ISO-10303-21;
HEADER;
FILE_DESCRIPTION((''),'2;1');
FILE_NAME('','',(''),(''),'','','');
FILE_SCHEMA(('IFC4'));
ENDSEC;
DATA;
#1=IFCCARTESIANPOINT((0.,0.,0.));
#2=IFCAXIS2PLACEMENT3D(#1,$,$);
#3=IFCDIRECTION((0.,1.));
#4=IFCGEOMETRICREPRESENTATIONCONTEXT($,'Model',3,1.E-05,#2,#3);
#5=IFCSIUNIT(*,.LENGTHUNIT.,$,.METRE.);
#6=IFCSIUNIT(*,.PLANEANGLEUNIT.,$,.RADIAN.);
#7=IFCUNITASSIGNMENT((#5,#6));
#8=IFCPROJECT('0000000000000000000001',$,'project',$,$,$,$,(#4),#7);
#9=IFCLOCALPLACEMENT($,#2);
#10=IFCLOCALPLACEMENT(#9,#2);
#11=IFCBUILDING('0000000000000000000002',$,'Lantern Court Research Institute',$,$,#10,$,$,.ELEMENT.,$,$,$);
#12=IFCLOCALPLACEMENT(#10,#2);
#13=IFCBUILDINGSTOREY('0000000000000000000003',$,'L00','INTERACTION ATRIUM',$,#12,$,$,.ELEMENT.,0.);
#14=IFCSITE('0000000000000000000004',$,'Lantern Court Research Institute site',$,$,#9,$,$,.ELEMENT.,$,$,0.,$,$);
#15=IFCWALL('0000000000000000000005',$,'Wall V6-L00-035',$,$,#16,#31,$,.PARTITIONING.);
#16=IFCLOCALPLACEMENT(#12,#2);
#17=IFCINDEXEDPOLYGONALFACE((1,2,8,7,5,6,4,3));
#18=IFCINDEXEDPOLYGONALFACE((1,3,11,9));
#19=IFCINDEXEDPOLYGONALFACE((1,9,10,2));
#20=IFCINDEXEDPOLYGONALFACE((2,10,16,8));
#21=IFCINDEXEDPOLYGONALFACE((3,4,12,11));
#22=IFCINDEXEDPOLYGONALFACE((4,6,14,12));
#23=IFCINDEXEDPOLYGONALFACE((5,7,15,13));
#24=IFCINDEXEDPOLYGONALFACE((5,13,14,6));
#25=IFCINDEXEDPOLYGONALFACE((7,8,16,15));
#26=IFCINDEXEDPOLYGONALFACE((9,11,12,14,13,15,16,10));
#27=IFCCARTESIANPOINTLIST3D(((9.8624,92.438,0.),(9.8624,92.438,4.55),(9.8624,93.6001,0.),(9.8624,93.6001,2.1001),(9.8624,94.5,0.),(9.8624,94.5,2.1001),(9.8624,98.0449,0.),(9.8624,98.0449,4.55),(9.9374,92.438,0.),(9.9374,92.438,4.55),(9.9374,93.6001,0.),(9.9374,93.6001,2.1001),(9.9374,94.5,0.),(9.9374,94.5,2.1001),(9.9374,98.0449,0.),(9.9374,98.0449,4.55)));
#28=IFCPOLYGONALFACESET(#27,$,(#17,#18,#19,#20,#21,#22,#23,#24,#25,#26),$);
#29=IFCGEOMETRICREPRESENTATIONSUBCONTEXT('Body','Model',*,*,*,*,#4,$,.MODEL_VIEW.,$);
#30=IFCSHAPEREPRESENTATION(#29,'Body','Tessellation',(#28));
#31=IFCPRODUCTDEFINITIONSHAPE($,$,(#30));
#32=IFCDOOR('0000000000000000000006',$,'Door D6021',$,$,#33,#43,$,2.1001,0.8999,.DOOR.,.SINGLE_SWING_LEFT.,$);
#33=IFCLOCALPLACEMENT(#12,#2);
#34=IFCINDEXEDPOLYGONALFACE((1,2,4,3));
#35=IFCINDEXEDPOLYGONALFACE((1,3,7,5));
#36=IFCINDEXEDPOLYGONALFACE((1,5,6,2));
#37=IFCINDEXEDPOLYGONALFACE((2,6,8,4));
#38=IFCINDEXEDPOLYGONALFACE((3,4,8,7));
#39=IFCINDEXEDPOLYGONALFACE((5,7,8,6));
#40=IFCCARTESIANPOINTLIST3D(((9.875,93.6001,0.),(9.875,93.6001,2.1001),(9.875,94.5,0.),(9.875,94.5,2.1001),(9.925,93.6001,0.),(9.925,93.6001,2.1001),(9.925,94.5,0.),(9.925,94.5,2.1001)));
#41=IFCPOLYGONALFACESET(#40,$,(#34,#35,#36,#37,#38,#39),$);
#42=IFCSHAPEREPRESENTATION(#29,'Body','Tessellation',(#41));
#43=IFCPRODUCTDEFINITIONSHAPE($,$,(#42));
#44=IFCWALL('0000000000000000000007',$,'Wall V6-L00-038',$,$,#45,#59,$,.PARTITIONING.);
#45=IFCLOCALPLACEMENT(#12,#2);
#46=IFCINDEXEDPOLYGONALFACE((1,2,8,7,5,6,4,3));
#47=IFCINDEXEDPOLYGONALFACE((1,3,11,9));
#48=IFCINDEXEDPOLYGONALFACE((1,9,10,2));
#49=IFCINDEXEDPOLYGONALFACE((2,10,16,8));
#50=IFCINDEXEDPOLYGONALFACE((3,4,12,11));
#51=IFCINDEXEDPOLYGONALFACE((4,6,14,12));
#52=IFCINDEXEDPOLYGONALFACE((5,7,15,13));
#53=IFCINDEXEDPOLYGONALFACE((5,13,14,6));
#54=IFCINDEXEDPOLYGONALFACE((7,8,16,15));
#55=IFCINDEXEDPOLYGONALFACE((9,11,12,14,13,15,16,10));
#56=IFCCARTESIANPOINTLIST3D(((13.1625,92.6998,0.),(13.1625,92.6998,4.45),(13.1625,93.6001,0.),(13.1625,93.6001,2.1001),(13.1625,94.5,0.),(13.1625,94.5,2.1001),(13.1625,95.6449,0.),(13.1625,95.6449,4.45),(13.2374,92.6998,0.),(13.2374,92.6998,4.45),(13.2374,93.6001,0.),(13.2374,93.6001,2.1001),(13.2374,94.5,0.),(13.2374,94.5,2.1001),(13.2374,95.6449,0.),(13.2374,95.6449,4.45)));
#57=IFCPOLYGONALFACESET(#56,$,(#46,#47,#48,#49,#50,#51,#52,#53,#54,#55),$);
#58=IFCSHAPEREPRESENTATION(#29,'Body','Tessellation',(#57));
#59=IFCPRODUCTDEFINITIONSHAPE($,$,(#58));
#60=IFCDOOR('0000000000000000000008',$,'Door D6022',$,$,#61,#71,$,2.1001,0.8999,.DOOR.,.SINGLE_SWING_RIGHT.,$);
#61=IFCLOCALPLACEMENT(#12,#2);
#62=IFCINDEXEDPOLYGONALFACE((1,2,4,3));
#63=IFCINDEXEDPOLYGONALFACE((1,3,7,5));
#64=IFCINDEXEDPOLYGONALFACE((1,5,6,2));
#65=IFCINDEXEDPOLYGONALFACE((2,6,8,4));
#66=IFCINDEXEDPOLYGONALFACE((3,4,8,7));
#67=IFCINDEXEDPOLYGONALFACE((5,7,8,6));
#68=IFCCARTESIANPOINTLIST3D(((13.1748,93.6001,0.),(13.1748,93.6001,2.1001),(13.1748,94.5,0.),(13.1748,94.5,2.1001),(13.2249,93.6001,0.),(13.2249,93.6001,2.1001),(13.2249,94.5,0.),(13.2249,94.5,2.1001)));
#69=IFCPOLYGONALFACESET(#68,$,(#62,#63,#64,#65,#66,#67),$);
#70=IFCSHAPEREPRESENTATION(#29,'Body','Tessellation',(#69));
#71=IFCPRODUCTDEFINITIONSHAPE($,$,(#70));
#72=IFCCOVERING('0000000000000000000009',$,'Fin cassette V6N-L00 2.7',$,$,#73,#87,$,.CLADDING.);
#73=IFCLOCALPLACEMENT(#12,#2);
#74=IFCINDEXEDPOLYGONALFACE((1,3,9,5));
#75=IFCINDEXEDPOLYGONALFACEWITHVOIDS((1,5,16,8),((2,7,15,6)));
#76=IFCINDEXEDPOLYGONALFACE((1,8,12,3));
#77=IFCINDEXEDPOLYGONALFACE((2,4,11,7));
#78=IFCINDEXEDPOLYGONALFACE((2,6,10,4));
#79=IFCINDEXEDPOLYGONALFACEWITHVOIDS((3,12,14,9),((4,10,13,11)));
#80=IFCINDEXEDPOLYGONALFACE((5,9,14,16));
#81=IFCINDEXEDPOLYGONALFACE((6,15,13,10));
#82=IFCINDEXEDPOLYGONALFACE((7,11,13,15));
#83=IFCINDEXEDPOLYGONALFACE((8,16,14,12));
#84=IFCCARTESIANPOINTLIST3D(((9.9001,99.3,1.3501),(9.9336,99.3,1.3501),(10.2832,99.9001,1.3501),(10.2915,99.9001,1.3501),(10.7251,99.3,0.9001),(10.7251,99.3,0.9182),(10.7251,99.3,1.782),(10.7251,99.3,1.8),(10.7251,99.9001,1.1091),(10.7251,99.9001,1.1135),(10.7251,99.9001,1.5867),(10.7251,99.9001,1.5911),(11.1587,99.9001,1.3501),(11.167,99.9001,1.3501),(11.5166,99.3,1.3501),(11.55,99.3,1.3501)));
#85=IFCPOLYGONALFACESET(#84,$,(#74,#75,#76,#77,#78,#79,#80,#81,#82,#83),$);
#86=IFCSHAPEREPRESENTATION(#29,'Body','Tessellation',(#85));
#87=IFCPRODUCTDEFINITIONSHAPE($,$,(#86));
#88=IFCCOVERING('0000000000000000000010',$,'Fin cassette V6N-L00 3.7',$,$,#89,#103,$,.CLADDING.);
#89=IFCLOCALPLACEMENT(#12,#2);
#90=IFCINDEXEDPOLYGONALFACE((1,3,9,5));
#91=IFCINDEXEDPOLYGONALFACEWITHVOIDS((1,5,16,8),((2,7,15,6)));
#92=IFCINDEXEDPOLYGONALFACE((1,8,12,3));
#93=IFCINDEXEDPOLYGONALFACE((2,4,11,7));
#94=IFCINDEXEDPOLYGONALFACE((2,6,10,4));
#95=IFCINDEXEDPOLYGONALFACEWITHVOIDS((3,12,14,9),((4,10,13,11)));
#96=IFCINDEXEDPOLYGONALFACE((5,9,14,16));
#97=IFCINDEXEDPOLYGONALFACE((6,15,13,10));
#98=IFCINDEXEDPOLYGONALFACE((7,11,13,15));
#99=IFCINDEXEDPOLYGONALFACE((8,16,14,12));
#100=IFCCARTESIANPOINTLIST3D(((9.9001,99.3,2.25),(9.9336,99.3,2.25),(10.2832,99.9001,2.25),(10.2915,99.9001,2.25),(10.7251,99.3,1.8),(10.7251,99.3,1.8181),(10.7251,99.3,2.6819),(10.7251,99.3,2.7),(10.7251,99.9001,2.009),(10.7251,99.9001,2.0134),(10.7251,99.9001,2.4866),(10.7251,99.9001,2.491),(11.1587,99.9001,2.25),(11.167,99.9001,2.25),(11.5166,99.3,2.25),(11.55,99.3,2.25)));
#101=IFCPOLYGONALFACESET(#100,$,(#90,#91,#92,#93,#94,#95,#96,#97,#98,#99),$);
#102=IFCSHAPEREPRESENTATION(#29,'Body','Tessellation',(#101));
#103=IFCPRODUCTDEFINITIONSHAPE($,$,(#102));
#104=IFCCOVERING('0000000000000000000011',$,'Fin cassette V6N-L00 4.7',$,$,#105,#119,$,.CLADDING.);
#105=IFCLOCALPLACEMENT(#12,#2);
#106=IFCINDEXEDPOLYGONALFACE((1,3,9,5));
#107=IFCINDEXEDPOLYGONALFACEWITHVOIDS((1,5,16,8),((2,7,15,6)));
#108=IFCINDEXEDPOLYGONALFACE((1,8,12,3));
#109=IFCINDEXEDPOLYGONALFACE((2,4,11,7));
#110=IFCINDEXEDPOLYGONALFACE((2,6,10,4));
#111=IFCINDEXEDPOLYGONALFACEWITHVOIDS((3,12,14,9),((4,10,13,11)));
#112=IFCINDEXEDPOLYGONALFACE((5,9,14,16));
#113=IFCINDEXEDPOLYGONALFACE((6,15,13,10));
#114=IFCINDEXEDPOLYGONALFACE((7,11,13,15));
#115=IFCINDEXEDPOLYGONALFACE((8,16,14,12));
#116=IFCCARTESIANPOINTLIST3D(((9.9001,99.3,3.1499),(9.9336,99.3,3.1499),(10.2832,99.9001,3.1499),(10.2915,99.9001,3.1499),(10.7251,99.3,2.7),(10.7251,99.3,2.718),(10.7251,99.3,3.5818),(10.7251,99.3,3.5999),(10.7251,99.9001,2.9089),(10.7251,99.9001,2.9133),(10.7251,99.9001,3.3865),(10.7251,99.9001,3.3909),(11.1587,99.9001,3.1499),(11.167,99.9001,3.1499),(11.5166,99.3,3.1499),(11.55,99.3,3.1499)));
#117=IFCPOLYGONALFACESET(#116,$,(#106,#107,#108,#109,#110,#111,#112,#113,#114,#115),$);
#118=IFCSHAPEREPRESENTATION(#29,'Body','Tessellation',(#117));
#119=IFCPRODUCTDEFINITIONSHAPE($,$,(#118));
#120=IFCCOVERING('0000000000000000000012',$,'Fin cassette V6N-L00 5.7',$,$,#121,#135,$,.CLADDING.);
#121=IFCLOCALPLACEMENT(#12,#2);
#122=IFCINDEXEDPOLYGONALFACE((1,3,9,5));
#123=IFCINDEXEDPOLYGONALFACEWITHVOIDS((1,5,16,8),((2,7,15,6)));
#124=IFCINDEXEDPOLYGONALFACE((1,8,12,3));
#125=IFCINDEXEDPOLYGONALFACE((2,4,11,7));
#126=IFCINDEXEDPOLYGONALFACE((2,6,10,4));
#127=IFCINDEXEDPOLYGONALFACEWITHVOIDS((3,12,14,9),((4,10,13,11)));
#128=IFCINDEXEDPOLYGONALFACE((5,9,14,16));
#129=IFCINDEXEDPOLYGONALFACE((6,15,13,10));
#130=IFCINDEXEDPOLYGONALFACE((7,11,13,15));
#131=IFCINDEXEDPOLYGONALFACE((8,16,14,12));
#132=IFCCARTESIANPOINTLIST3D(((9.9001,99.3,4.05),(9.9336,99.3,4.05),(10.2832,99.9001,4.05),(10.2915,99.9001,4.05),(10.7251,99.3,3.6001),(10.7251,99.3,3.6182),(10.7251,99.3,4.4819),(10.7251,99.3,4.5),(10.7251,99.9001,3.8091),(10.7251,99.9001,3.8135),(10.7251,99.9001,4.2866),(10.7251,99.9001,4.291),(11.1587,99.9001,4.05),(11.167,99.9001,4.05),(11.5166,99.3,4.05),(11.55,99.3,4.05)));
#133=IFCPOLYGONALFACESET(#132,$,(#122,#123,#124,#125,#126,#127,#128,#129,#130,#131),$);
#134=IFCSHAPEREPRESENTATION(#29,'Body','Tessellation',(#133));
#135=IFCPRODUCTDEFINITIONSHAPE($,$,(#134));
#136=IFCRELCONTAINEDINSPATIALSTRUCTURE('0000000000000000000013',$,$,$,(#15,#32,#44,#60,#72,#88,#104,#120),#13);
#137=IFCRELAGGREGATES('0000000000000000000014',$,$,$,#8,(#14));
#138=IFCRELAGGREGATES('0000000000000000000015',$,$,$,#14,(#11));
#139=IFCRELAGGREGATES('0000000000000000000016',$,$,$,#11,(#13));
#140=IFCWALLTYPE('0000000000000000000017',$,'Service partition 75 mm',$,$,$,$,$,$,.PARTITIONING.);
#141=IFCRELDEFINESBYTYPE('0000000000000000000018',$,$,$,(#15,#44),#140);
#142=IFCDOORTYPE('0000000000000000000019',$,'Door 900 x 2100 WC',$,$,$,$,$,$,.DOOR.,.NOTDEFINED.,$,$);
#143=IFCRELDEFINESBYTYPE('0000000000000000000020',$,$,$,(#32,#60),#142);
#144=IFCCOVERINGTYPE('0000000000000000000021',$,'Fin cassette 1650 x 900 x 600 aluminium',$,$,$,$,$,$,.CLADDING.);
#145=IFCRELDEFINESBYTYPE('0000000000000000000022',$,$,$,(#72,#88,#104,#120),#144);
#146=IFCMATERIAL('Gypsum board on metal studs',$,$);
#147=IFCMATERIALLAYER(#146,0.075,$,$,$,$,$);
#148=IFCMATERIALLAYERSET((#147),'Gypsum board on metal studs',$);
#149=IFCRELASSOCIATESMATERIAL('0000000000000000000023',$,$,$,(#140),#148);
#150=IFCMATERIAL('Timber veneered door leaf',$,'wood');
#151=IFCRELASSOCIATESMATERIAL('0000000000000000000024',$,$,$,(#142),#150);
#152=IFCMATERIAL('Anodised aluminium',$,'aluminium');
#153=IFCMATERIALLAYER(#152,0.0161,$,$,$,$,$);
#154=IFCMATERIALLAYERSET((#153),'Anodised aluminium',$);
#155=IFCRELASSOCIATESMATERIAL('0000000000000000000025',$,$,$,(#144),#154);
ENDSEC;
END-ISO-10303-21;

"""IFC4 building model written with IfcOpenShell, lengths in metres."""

from ifc_helpers import new_model, entity, si_unit, direction, frame, frame_2d, origin, place, context, subcontext, project, spatial, rectangle, extrude, material, layer, layer_set, type_object, element, fill, save


model = new_model("IFC4")

# Units and contexts
model_context = context("Model", 3, precision=1e-05, world=origin(), true_north=direction((0.0, 1.0)))
body_context = subcontext(model_context, "Body", "Model", "MODEL_VIEW")
ifc_project = project(units=[si_unit("LENGTHUNIT", "METRE"), si_unit("PLANEANGLEUNIT", "RADIAN")], contexts=[model_context])

# Site, building, storey
site_placement = place(None, origin())
site = spatial("IfcSite", under=ifc_project, at=site_placement, Name="Lantern Court Research Institute site", CompositionType="ELEMENT", RefElevation=0.0)
building_placement = place(site_placement, origin())
building = spatial("IfcBuilding", under=site, at=building_placement, Name="Lantern Court Research Institute", CompositionType="ELEMENT")
storey_placement = place(building_placement, origin())
storey = spatial("IfcBuildingStorey", under=building, at=storey_placement, Name="L00", Description="INTERACTION ATRIUM", CompositionType="ELEMENT", Elevation=0.0)

# Walls, openings, doors
ifc_material_1 = material(Name="Gypsum board on metal studs")
ifc_layer_1 = layer(ifc_material_1, 0.075)
ifc_layer_set_1 = layer_set([ifc_layer_1], Name="Gypsum board on metal studs")
wall_type_1 = type_object("IfcWallType", Name="Service partition 75 mm", PredefinedType="PARTITIONING", material=ifc_layer_set_1)
wall_1_placement = place(storey_placement, frame((9.8999, 92.438, 0.0), z_axis=(0.0, 0.0, 1.0), x_axis=(0.0, 1.0, 0.0)))
wall_1 = element("IfcWall", 1, at=wall_1_placement, inside=storey, type_object=wall_type_1, Name="Wall V6-L00-035", PredefinedType="PARTITIONING", context=body_context, shape_type="SweptSolid", body=[
    extrude(rectangle(XDim=5.6069, YDim=0.075, at=frame_2d((2.8035, 0.0))), origin(), (0.0, 0.0, 1.0), 4.55),
])
opening_1_placement = place(wall_1_placement, frame((1.1621, 0.0, 0.0)))
opening_1 = element("IfcOpeningElement", 2, at=opening_1_placement, cuts=wall_1, PredefinedType="OPENING", context=body_context, shape_type="SweptSolid", body=[
    extrude(rectangle(XDim=0.8999, YDim=2.1001, at=frame_2d((0.45, 1.05))), frame((0.0, 0.0474, 0.0), z_axis=(0.0, -1.0, 0.0), x_axis=(1.0, 0.0, 0.0)), (0.0, 0.0, 1.0), 0.095),
])
ifc_material_2 = material(Name="Timber veneered door leaf", Category="wood")
door_type_1 = type_object("IfcDoorType", Name="Door 900 x 2100 WC", OperationType="NOTDEFINED", PredefinedType="DOOR", material=ifc_material_2)
door_1_placement = place(opening_1_placement, origin())
door_1 = element("IfcDoor", 3, at=door_1_placement, inside=storey, type_object=door_type_1, Name="Door D6021", OperationType="SINGLE_SWING_LEFT", OverallHeight=2.1001, OverallWidth=0.8999, PredefinedType="DOOR", context=body_context, shape_type="SweptSolid", body=[
    extrude(rectangle(XDim=0.8999, YDim=2.1001, at=frame_2d((0.45, 1.05))), frame((0.0, 0.0249, 0.0), z_axis=(0.0, -1.0, 0.0), x_axis=(1.0, 0.0, 0.0)), (0.0, 0.0, 1.0), 0.05),
])
fill(opening_1, door_1)
wall_2_placement = place(storey_placement, frame((13.2, 95.645, 0.0), z_axis=(0.0, 0.0, 1.0), x_axis=(0.0, -1.0, 0.0)))
wall_2 = element("IfcWall", 4, at=wall_2_placement, inside=storey, type_object=wall_type_1, Name="Wall V6-L00-038", PredefinedType="PARTITIONING", context=body_context, shape_type="SweptSolid", body=[
    extrude(rectangle(XDim=2.9451, YDim=0.075, at=frame_2d((1.4727, 0.0))), origin(), (0.0, 0.0, 1.0), 4.45),
])
opening_2_placement = place(wall_2_placement, frame((1.145, 0.0, 0.0)))
opening_2 = element("IfcOpeningElement", 5, at=opening_2_placement, cuts=wall_2, PredefinedType="OPENING", context=body_context, shape_type="SweptSolid", body=[
    extrude(rectangle(XDim=0.8999, YDim=2.1001, at=frame_2d((0.45, 1.05))), frame((0.0, 0.0474, 0.0), z_axis=(0.0, -1.0, 0.0), x_axis=(1.0, 0.0, 0.0)), (0.0, 0.0, 1.0), 0.095),
])
door_2_placement = place(opening_2_placement, origin())
door_2 = element("IfcDoor", 6, at=door_2_placement, inside=storey, type_object=door_type_1, Name="Door D6022", OperationType="SINGLE_SWING_RIGHT", OverallHeight=2.1001, OverallWidth=0.8999, PredefinedType="DOOR", context=body_context, shape_type="SweptSolid", body=[
    extrude(rectangle(XDim=0.8999, YDim=2.1001, at=frame_2d((0.45, 1.05))), frame((0.0, 0.0249, 0.0), z_axis=(0.0, -1.0, 0.0), x_axis=(1.0, 0.0, 0.0)), (0.0, 0.0, 1.0), 0.05),
])
fill(opening_2, door_2)

# Coverings
ifc_material_3 = material(Name="Anodised aluminium", Category="aluminium")
ifc_layer_2 = layer(ifc_material_3, 0.0161)
ifc_layer_set_2 = layer_set([ifc_layer_2], Name="Anodised aluminium")
covering_type = type_object("IfcCoveringType", Name="Fin cassette 1650 x 900 x 600 aluminium", PredefinedType="CLADDING", material=ifc_layer_set_2)
covering_1_placement = place(storey_placement, frame((10.7251, 99.3, 1.3501), z_axis=(0.0, 1.0, 0.0), x_axis=(-1.0, 0.0, 0.0)))
cartesian_point_1 = entity("IfcCartesianPoint", [0.825, 0.0])
cartesian_point_2 = entity("IfcCartesianPoint", [0.7915, 0.0])
cartesian_point_3 = entity("IfcCartesianPoint", [0.4419, 0.0])
cartesian_point_4 = entity("IfcCartesianPoint", [0.4336, 0.0])
element("IfcCovering", 7, at=covering_1_placement, inside=storey, type_object=covering_type, Name="Fin cassette V6N-L00 2.7", PredefinedType="CLADDING", context=body_context, shape_type="SweptSolid", body=[
    entity("IfcExtrudedAreaSolidTapered", entity("IfcArbitraryProfileDefWithVoids", "AREA", None, entity("IfcPolyline", [cartesian_point_1, entity("IfcCartesianPoint", [0.0, 0.45]), entity("IfcCartesianPoint", [-0.825, 0.0]), entity("IfcCartesianPoint", [0.0, -0.45]), cartesian_point_1]), [entity("IfcPolyline", [cartesian_point_2, entity("IfcCartesianPoint", [0.0, 0.4319]), entity("IfcCartesianPoint", [-0.7915, 0.0]), entity("IfcCartesianPoint", [0.0, -0.4319]), cartesian_point_2])]), entity("IfcAxis2Placement3D", entity("IfcCartesianPoint", [0.0, 0.0, 0.0])), entity("IfcDirection", [0.0, 0.0, 1.0]), 0.6001, entity("IfcArbitraryProfileDefWithVoids", "AREA", None, entity("IfcPolyline", [cartesian_point_3, entity("IfcCartesianPoint", [0.0, 0.241]), entity("IfcCartesianPoint", [-0.4419, 0.0]), entity("IfcCartesianPoint", [0.0, -0.241]), cartesian_point_3]), [entity("IfcPolyline", [cartesian_point_4, entity("IfcCartesianPoint", [0.0, 0.2366]), entity("IfcCartesianPoint", [-0.4336, 0.0]), entity("IfcCartesianPoint", [0.0, -0.2366]), cartesian_point_4])])),
])
covering_2_placement = place(storey_placement, frame((10.7251, 99.3, 2.25), z_axis=(0.0, 1.0, 0.0), x_axis=(-1.0, 0.0, 0.0)))
cartesian_point_5 = entity("IfcCartesianPoint", [0.825, 0.0])
cartesian_point_6 = entity("IfcCartesianPoint", [0.7915, 0.0])
cartesian_point_7 = entity("IfcCartesianPoint", [0.4419, 0.0])
cartesian_point_8 = entity("IfcCartesianPoint", [0.4336, 0.0])
element("IfcCovering", 8, at=covering_2_placement, inside=storey, type_object=covering_type, Name="Fin cassette V6N-L00 3.7", PredefinedType="CLADDING", context=body_context, shape_type="SweptSolid", body=[
    entity("IfcExtrudedAreaSolidTapered", entity("IfcArbitraryProfileDefWithVoids", "AREA", None, entity("IfcPolyline", [cartesian_point_5, entity("IfcCartesianPoint", [0.0, 0.45]), entity("IfcCartesianPoint", [-0.825, 0.0]), entity("IfcCartesianPoint", [0.0, -0.45]), cartesian_point_5]), [entity("IfcPolyline", [cartesian_point_6, entity("IfcCartesianPoint", [0.0, 0.4319]), entity("IfcCartesianPoint", [-0.7915, 0.0]), entity("IfcCartesianPoint", [0.0, -0.4319]), cartesian_point_6])]), entity("IfcAxis2Placement3D", entity("IfcCartesianPoint", [0.0, 0.0, 0.0])), entity("IfcDirection", [0.0, 0.0, 1.0]), 0.6001, entity("IfcArbitraryProfileDefWithVoids", "AREA", None, entity("IfcPolyline", [cartesian_point_7, entity("IfcCartesianPoint", [0.0, 0.241]), entity("IfcCartesianPoint", [-0.4419, 0.0]), entity("IfcCartesianPoint", [0.0, -0.241]), cartesian_point_7]), [entity("IfcPolyline", [cartesian_point_8, entity("IfcCartesianPoint", [0.0, 0.2366]), entity("IfcCartesianPoint", [-0.4336, 0.0]), entity("IfcCartesianPoint", [0.0, -0.2366]), cartesian_point_8])])),
])
covering_3_placement = place(storey_placement, frame((10.7251, 99.3, 3.1499), z_axis=(0.0, 1.0, 0.0), x_axis=(-1.0, 0.0, 0.0)))
cartesian_point_9 = entity("IfcCartesianPoint", [0.825, 0.0])
cartesian_point_10 = entity("IfcCartesianPoint", [0.7915, 0.0])
cartesian_point_11 = entity("IfcCartesianPoint", [0.4419, 0.0])
cartesian_point_12 = entity("IfcCartesianPoint", [0.4336, 0.0])
element("IfcCovering", 9, at=covering_3_placement, inside=storey, type_object=covering_type, Name="Fin cassette V6N-L00 4.7", PredefinedType="CLADDING", context=body_context, shape_type="SweptSolid", body=[
    entity("IfcExtrudedAreaSolidTapered", entity("IfcArbitraryProfileDefWithVoids", "AREA", None, entity("IfcPolyline", [cartesian_point_9, entity("IfcCartesianPoint", [0.0, 0.45]), entity("IfcCartesianPoint", [-0.825, 0.0]), entity("IfcCartesianPoint", [0.0, -0.45]), cartesian_point_9]), [entity("IfcPolyline", [cartesian_point_10, entity("IfcCartesianPoint", [0.0, 0.4319]), entity("IfcCartesianPoint", [-0.7915, 0.0]), entity("IfcCartesianPoint", [0.0, -0.4319]), cartesian_point_10])]), entity("IfcAxis2Placement3D", entity("IfcCartesianPoint", [0.0, 0.0, 0.0])), entity("IfcDirection", [0.0, 0.0, 1.0]), 0.6001, entity("IfcArbitraryProfileDefWithVoids", "AREA", None, entity("IfcPolyline", [cartesian_point_11, entity("IfcCartesianPoint", [0.0, 0.241]), entity("IfcCartesianPoint", [-0.4419, 0.0]), entity("IfcCartesianPoint", [0.0, -0.241]), cartesian_point_11]), [entity("IfcPolyline", [cartesian_point_12, entity("IfcCartesianPoint", [0.0, 0.2366]), entity("IfcCartesianPoint", [-0.4336, 0.0]), entity("IfcCartesianPoint", [0.0, -0.2366]), cartesian_point_12])])),
])
covering_4_placement = place(storey_placement, frame((10.7251, 99.3, 4.05), z_axis=(0.0, 1.0, 0.0), x_axis=(-1.0, 0.0, 0.0)))
cartesian_point_13 = entity("IfcCartesianPoint", [0.825, 0.0])
cartesian_point_14 = entity("IfcCartesianPoint", [0.7915, 0.0])
cartesian_point_15 = entity("IfcCartesianPoint", [0.4419, 0.0])
cartesian_point_16 = entity("IfcCartesianPoint", [0.4336, 0.0])
element("IfcCovering", 10, at=covering_4_placement, inside=storey, type_object=covering_type, Name="Fin cassette V6N-L00 5.7", PredefinedType="CLADDING", context=body_context, shape_type="SweptSolid", body=[
    entity("IfcExtrudedAreaSolidTapered", entity("IfcArbitraryProfileDefWithVoids", "AREA", None, entity("IfcPolyline", [cartesian_point_13, entity("IfcCartesianPoint", [0.0, 0.45]), entity("IfcCartesianPoint", [-0.825, 0.0]), entity("IfcCartesianPoint", [0.0, -0.45]), cartesian_point_13]), [entity("IfcPolyline", [cartesian_point_14, entity("IfcCartesianPoint", [0.0, 0.4319]), entity("IfcCartesianPoint", [-0.7915, 0.0]), entity("IfcCartesianPoint", [0.0, -0.4319]), cartesian_point_14])]), entity("IfcAxis2Placement3D", entity("IfcCartesianPoint", [0.0, 0.0, 0.0])), entity("IfcDirection", [0.0, 0.0, 1.0]), 0.6001, entity("IfcArbitraryProfileDefWithVoids", "AREA", None, entity("IfcPolyline", [cartesian_point_15, entity("IfcCartesianPoint", [0.0, 0.241]), entity("IfcCartesianPoint", [-0.4419, 0.0]), entity("IfcCartesianPoint", [0.0, -0.241]), cartesian_point_15]), [entity("IfcPolyline", [cartesian_point_16, entity("IfcCartesianPoint", [0.0, 0.2366]), entity("IfcCartesianPoint", [-0.4336, 0.0]), entity("IfcCartesianPoint", [0.0, -0.2366]), cartesian_point_16])])),
])

save(model, "model.ifc")
